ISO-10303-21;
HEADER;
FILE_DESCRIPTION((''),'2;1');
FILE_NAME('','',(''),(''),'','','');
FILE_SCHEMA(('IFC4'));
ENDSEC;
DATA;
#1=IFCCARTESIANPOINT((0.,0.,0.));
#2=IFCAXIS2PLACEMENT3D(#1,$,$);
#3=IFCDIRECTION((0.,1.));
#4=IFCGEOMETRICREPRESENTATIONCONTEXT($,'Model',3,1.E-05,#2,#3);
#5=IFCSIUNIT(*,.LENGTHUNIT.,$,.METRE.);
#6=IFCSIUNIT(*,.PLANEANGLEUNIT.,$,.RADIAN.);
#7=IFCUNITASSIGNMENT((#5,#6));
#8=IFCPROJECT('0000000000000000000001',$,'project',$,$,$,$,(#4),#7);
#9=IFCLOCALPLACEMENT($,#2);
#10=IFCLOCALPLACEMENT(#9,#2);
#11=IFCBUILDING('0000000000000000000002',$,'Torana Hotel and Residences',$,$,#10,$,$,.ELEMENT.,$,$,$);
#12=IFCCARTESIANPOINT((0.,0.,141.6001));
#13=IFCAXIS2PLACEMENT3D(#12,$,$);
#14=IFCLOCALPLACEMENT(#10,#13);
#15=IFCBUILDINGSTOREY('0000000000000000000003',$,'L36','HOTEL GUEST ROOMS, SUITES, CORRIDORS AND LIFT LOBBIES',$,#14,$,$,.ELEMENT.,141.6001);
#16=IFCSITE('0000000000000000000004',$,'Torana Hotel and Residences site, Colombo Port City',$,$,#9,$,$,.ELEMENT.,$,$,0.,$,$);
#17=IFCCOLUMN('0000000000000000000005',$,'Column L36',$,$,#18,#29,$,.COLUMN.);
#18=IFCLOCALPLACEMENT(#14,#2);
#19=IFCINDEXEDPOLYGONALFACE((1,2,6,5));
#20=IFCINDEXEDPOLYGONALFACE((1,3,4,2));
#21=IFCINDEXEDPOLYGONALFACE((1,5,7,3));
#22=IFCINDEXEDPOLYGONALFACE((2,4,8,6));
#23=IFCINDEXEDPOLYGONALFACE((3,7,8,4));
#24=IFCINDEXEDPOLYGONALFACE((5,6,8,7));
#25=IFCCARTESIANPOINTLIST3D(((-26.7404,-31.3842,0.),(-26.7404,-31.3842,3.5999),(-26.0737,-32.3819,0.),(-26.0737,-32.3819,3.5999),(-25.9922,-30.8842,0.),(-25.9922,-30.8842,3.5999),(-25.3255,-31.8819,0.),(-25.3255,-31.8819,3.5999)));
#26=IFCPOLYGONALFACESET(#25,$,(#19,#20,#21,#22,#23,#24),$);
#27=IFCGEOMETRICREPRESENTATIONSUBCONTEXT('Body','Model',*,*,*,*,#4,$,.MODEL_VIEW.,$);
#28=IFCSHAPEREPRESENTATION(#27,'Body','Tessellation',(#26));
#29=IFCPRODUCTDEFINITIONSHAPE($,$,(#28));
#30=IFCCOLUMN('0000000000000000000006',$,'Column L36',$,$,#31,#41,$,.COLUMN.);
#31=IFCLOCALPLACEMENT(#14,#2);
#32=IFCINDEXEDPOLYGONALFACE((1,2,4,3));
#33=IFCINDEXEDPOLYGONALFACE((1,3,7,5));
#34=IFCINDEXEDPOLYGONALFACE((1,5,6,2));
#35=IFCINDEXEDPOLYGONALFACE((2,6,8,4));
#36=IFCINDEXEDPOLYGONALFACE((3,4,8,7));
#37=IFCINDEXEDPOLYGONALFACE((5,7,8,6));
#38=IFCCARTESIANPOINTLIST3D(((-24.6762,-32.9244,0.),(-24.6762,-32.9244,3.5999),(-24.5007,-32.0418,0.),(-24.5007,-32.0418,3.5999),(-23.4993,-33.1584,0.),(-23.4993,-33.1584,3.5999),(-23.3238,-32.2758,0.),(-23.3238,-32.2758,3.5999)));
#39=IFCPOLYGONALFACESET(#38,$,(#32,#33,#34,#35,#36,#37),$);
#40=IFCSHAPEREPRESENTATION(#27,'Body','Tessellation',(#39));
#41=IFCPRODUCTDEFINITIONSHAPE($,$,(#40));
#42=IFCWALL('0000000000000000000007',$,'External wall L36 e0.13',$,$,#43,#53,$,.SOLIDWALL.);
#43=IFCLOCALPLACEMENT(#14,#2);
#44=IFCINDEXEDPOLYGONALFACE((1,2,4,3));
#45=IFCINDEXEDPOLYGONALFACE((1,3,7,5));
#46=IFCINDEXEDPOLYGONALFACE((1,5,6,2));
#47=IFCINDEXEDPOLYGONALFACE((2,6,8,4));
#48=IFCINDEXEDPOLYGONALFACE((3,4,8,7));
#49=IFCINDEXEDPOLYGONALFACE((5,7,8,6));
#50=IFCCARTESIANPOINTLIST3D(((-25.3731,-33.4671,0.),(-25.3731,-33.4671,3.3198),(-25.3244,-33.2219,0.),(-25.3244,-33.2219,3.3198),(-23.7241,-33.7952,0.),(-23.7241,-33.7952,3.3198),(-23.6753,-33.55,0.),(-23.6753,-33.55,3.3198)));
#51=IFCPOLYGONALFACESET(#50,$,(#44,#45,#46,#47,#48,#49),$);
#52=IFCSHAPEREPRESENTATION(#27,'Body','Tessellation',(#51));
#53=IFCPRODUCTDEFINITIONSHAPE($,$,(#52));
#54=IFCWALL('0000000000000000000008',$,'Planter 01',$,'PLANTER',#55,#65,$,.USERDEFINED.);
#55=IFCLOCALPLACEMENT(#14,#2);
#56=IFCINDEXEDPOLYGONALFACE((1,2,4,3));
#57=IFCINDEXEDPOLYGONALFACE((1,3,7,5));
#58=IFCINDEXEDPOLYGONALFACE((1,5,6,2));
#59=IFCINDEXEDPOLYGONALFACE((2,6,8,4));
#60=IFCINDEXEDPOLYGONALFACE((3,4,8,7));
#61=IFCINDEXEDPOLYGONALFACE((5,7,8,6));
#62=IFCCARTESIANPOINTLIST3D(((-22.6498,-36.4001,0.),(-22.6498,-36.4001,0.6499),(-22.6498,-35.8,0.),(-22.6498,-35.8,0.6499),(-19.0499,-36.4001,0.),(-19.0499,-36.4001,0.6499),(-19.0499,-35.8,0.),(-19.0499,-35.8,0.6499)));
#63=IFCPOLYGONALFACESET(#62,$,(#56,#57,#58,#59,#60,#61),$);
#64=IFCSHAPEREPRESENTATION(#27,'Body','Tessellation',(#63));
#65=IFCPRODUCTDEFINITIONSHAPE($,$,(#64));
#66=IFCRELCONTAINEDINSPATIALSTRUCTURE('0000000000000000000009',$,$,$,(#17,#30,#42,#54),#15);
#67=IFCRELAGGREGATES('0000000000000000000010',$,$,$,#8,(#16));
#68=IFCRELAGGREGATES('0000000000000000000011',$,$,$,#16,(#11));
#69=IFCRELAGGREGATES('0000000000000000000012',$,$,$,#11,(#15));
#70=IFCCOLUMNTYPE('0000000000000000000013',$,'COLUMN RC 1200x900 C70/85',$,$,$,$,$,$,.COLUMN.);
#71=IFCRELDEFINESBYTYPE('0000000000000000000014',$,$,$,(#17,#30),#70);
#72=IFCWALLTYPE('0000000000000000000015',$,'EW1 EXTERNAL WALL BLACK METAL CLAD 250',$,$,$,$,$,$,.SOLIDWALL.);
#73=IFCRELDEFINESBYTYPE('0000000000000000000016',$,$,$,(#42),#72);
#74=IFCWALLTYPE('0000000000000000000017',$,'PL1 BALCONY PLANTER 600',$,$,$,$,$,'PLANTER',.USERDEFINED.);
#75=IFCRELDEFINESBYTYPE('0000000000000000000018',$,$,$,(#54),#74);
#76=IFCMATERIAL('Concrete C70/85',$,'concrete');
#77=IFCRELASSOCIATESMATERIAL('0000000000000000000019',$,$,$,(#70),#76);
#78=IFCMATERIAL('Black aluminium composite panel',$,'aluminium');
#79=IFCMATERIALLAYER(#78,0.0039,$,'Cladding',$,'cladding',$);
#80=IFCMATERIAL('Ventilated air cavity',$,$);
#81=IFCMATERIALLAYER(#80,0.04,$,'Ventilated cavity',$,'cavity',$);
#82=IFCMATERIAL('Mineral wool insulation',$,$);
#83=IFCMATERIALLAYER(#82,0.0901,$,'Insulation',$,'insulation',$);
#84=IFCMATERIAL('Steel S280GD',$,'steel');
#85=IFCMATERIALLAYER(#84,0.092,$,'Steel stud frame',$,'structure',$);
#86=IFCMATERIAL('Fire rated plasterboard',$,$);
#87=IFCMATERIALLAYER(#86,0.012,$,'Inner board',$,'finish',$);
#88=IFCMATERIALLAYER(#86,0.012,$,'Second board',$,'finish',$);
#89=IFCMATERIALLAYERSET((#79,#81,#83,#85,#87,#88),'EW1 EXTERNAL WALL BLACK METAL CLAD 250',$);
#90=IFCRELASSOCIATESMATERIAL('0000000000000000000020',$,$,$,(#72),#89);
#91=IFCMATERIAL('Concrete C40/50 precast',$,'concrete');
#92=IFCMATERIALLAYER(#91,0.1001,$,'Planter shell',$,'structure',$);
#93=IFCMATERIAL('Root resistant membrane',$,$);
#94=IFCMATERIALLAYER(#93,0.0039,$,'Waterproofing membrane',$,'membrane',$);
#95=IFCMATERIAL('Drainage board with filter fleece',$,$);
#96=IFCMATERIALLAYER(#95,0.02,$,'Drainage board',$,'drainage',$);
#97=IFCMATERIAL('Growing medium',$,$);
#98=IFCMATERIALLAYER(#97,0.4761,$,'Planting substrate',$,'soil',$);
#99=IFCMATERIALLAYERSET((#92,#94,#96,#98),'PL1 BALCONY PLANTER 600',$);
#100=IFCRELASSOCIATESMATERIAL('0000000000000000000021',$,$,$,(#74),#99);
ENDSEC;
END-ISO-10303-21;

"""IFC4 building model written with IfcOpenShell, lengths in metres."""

from ifc_helpers import new_model, si_unit, direction, frame, frame_2d, origin, origin_2d, place, context, subcontext, project, spatial, rectangle, extrude, material, layer, layer_set, material_profile, profile_set, type_object, element, save


model = new_model("IFC4")

# Units and contexts
model_context = context("Model", 3, precision=1e-05, world=origin(), true_north=direction((0.0, 1.0)))
body_context = subcontext(model_context, "Body", "Model", "MODEL_VIEW")
ifc_project = project(units=[si_unit("LENGTHUNIT", "METRE"), si_unit("PLANEANGLEUNIT", "RADIAN")], contexts=[model_context])

# Site, building, storey
site_placement = place(None, origin())
site = spatial("IfcSite", under=ifc_project, at=site_placement, Name="Torana Hotel and Residences site, Colombo Port City", CompositionType="ELEMENT", RefElevation=0.0)
building_placement = place(site_placement, origin())
building = spatial("IfcBuilding", under=site, at=building_placement, Name="Torana Hotel and Residences", CompositionType="ELEMENT")
storey_placement = place(building_placement, frame((0.0, 0.0, 141.6001)))
storey = spatial("IfcBuildingStorey", under=building, at=storey_placement, Name="L36", Description="HOTEL GUEST ROOMS, SUITES, CORRIDORS AND LIFT LOBBIES", CompositionType="ELEMENT", Elevation=141.6001)

# Columns
ifc_material_1 = material(Name="Concrete C70/85", Category="concrete")
ifc_material_profile = material_profile(ifc_material_1, rectangle(XDim=1.2, YDim=0.8999, at=origin_2d()), Name="RC 1200x900")
ifc_profile_set = profile_set([ifc_material_profile], Name="Concrete C70/85")
column_type = type_object("IfcColumnType", Name="COLUMN RC 1200x900 C70/85", PredefinedType="COLUMN", material=ifc_profile_set)
for number, where, z_axis, x_axis, name in (
    (1, (-26.033, -31.6331, 0.0), (0.0, 0.0, 1.0), (-0.555585, 0.83146, 0.0), "Column L36"),
    (2, (-24.0, -32.6001, 0.0), (0.0, 0.0, 1.0), (-0.980792, 0.195056, 0.0), "Column L36"),
):
    element("IfcColumn", number, at=place(storey_placement, frame(where, z_axis=z_axis, x_axis=x_axis)), inside=storey, type_object=column_type, Name=name, PredefinedType="COLUMN", context=body_context, shape_type="SweptSolid", body=[
        extrude(rectangle(XDim=1.2, YDim=0.8999, at=origin_2d()), origin(), (0.0, 0.0, 1.0), 3.5999),
    ])

# Wall
ifc_material_2 = material(Name="Black aluminium composite panel", Category="aluminium")
ifc_layer_1 = layer(ifc_material_2, 0.0039, Name="Cladding", Category="cladding")
ifc_material_3 = material(Name="Ventilated air cavity")
ifc_layer_2 = layer(ifc_material_3, 0.04, Name="Ventilated cavity", Category="cavity")
ifc_material_4 = material(Name="Mineral wool insulation")
ifc_layer_3 = layer(ifc_material_4, 0.0901, Name="Insulation", Category="insulation")
ifc_material_5 = material(Name="Steel S280GD", Category="steel")
ifc_layer_4 = layer(ifc_material_5, 0.092, Name="Steel stud frame", Category="structure")
ifc_material_6 = material(Name="Fire rated plasterboard")
ifc_layer_5 = layer(ifc_material_6, 0.012, Name="Inner board", Category="finish")
ifc_layer_6 = layer(ifc_material_6, 0.012, Name="Second board", Category="finish")
ifc_layer_set_1 = layer_set([ifc_layer_1, ifc_layer_2, ifc_layer_3, ifc_layer_4, ifc_layer_5, ifc_layer_6], Name="EW1 EXTERNAL WALL BLACK METAL CLAD 250")
wall_type_1 = type_object("IfcWallType", Name="EW1 EXTERNAL WALL BLACK METAL CLAD 250", PredefinedType="SOLIDWALL", material=ifc_layer_set_1)
wall_1_placement = place(storey_placement, frame((-25.3489, -33.3445, 0.0), z_axis=(0.0, 0.0, 1.0), x_axis=(0.980776, -0.195139, 0.0)))
element("IfcWall", 3, at=wall_1_placement, inside=storey, type_object=wall_type_1, Name="External wall L36 e0.13", PredefinedType="SOLIDWALL", context=body_context, shape_type="SweptSolid", body=[
    extrude(rectangle(XDim=1.6814, YDim=0.25, at=frame_2d((0.8408, 0.0))), origin(), (0.0, 0.0, 1.0), 3.3198),
])

# Wall
ifc_material_7 = material(Name="Concrete C40/50 precast", Category="concrete")
ifc_layer_7 = layer(ifc_material_7, 0.1001, Name="Planter shell", Category="structure")
ifc_material_8 = material(Name="Root resistant membrane")
ifc_layer_8 = layer(ifc_material_8, 0.0039, Name="Waterproofing membrane", Category="membrane")
ifc_material_9 = material(Name="Drainage board with filter fleece")
ifc_layer_9 = layer(ifc_material_9, 0.02, Name="Drainage board", Category="drainage")
ifc_material_10 = material(Name="Growing medium")
ifc_layer_10 = layer(ifc_material_10, 0.4761, Name="Planting substrate", Category="soil")
ifc_layer_set_2 = layer_set([ifc_layer_7, ifc_layer_8, ifc_layer_9, ifc_layer_10], Name="PL1 BALCONY PLANTER 600")
wall_type_2 = type_object("IfcWallType", Name="PL1 BALCONY PLANTER 600", ElementType="PLANTER", PredefinedType="USERDEFINED", material=ifc_layer_set_2)
wall_2_placement = place(storey_placement, frame((-19.05, -36.1001, 0.0), z_axis=(0.0, 0.0, 1.0), x_axis=(-1.0, 0.0, 0.0)))
element("IfcWall", 4, at=wall_2_placement, inside=storey, type_object=wall_type_2, Name="Planter 01", ObjectType="PLANTER", PredefinedType="USERDEFINED", context=body_context, shape_type="SweptSolid", body=[
    extrude(rectangle(XDim=3.5999, YDim=0.6001, at=frame_2d((1.7998, 0.0))), origin(), (0.0, 0.0, 1.0), 0.6499),
])

save(model, "model.ifc")
